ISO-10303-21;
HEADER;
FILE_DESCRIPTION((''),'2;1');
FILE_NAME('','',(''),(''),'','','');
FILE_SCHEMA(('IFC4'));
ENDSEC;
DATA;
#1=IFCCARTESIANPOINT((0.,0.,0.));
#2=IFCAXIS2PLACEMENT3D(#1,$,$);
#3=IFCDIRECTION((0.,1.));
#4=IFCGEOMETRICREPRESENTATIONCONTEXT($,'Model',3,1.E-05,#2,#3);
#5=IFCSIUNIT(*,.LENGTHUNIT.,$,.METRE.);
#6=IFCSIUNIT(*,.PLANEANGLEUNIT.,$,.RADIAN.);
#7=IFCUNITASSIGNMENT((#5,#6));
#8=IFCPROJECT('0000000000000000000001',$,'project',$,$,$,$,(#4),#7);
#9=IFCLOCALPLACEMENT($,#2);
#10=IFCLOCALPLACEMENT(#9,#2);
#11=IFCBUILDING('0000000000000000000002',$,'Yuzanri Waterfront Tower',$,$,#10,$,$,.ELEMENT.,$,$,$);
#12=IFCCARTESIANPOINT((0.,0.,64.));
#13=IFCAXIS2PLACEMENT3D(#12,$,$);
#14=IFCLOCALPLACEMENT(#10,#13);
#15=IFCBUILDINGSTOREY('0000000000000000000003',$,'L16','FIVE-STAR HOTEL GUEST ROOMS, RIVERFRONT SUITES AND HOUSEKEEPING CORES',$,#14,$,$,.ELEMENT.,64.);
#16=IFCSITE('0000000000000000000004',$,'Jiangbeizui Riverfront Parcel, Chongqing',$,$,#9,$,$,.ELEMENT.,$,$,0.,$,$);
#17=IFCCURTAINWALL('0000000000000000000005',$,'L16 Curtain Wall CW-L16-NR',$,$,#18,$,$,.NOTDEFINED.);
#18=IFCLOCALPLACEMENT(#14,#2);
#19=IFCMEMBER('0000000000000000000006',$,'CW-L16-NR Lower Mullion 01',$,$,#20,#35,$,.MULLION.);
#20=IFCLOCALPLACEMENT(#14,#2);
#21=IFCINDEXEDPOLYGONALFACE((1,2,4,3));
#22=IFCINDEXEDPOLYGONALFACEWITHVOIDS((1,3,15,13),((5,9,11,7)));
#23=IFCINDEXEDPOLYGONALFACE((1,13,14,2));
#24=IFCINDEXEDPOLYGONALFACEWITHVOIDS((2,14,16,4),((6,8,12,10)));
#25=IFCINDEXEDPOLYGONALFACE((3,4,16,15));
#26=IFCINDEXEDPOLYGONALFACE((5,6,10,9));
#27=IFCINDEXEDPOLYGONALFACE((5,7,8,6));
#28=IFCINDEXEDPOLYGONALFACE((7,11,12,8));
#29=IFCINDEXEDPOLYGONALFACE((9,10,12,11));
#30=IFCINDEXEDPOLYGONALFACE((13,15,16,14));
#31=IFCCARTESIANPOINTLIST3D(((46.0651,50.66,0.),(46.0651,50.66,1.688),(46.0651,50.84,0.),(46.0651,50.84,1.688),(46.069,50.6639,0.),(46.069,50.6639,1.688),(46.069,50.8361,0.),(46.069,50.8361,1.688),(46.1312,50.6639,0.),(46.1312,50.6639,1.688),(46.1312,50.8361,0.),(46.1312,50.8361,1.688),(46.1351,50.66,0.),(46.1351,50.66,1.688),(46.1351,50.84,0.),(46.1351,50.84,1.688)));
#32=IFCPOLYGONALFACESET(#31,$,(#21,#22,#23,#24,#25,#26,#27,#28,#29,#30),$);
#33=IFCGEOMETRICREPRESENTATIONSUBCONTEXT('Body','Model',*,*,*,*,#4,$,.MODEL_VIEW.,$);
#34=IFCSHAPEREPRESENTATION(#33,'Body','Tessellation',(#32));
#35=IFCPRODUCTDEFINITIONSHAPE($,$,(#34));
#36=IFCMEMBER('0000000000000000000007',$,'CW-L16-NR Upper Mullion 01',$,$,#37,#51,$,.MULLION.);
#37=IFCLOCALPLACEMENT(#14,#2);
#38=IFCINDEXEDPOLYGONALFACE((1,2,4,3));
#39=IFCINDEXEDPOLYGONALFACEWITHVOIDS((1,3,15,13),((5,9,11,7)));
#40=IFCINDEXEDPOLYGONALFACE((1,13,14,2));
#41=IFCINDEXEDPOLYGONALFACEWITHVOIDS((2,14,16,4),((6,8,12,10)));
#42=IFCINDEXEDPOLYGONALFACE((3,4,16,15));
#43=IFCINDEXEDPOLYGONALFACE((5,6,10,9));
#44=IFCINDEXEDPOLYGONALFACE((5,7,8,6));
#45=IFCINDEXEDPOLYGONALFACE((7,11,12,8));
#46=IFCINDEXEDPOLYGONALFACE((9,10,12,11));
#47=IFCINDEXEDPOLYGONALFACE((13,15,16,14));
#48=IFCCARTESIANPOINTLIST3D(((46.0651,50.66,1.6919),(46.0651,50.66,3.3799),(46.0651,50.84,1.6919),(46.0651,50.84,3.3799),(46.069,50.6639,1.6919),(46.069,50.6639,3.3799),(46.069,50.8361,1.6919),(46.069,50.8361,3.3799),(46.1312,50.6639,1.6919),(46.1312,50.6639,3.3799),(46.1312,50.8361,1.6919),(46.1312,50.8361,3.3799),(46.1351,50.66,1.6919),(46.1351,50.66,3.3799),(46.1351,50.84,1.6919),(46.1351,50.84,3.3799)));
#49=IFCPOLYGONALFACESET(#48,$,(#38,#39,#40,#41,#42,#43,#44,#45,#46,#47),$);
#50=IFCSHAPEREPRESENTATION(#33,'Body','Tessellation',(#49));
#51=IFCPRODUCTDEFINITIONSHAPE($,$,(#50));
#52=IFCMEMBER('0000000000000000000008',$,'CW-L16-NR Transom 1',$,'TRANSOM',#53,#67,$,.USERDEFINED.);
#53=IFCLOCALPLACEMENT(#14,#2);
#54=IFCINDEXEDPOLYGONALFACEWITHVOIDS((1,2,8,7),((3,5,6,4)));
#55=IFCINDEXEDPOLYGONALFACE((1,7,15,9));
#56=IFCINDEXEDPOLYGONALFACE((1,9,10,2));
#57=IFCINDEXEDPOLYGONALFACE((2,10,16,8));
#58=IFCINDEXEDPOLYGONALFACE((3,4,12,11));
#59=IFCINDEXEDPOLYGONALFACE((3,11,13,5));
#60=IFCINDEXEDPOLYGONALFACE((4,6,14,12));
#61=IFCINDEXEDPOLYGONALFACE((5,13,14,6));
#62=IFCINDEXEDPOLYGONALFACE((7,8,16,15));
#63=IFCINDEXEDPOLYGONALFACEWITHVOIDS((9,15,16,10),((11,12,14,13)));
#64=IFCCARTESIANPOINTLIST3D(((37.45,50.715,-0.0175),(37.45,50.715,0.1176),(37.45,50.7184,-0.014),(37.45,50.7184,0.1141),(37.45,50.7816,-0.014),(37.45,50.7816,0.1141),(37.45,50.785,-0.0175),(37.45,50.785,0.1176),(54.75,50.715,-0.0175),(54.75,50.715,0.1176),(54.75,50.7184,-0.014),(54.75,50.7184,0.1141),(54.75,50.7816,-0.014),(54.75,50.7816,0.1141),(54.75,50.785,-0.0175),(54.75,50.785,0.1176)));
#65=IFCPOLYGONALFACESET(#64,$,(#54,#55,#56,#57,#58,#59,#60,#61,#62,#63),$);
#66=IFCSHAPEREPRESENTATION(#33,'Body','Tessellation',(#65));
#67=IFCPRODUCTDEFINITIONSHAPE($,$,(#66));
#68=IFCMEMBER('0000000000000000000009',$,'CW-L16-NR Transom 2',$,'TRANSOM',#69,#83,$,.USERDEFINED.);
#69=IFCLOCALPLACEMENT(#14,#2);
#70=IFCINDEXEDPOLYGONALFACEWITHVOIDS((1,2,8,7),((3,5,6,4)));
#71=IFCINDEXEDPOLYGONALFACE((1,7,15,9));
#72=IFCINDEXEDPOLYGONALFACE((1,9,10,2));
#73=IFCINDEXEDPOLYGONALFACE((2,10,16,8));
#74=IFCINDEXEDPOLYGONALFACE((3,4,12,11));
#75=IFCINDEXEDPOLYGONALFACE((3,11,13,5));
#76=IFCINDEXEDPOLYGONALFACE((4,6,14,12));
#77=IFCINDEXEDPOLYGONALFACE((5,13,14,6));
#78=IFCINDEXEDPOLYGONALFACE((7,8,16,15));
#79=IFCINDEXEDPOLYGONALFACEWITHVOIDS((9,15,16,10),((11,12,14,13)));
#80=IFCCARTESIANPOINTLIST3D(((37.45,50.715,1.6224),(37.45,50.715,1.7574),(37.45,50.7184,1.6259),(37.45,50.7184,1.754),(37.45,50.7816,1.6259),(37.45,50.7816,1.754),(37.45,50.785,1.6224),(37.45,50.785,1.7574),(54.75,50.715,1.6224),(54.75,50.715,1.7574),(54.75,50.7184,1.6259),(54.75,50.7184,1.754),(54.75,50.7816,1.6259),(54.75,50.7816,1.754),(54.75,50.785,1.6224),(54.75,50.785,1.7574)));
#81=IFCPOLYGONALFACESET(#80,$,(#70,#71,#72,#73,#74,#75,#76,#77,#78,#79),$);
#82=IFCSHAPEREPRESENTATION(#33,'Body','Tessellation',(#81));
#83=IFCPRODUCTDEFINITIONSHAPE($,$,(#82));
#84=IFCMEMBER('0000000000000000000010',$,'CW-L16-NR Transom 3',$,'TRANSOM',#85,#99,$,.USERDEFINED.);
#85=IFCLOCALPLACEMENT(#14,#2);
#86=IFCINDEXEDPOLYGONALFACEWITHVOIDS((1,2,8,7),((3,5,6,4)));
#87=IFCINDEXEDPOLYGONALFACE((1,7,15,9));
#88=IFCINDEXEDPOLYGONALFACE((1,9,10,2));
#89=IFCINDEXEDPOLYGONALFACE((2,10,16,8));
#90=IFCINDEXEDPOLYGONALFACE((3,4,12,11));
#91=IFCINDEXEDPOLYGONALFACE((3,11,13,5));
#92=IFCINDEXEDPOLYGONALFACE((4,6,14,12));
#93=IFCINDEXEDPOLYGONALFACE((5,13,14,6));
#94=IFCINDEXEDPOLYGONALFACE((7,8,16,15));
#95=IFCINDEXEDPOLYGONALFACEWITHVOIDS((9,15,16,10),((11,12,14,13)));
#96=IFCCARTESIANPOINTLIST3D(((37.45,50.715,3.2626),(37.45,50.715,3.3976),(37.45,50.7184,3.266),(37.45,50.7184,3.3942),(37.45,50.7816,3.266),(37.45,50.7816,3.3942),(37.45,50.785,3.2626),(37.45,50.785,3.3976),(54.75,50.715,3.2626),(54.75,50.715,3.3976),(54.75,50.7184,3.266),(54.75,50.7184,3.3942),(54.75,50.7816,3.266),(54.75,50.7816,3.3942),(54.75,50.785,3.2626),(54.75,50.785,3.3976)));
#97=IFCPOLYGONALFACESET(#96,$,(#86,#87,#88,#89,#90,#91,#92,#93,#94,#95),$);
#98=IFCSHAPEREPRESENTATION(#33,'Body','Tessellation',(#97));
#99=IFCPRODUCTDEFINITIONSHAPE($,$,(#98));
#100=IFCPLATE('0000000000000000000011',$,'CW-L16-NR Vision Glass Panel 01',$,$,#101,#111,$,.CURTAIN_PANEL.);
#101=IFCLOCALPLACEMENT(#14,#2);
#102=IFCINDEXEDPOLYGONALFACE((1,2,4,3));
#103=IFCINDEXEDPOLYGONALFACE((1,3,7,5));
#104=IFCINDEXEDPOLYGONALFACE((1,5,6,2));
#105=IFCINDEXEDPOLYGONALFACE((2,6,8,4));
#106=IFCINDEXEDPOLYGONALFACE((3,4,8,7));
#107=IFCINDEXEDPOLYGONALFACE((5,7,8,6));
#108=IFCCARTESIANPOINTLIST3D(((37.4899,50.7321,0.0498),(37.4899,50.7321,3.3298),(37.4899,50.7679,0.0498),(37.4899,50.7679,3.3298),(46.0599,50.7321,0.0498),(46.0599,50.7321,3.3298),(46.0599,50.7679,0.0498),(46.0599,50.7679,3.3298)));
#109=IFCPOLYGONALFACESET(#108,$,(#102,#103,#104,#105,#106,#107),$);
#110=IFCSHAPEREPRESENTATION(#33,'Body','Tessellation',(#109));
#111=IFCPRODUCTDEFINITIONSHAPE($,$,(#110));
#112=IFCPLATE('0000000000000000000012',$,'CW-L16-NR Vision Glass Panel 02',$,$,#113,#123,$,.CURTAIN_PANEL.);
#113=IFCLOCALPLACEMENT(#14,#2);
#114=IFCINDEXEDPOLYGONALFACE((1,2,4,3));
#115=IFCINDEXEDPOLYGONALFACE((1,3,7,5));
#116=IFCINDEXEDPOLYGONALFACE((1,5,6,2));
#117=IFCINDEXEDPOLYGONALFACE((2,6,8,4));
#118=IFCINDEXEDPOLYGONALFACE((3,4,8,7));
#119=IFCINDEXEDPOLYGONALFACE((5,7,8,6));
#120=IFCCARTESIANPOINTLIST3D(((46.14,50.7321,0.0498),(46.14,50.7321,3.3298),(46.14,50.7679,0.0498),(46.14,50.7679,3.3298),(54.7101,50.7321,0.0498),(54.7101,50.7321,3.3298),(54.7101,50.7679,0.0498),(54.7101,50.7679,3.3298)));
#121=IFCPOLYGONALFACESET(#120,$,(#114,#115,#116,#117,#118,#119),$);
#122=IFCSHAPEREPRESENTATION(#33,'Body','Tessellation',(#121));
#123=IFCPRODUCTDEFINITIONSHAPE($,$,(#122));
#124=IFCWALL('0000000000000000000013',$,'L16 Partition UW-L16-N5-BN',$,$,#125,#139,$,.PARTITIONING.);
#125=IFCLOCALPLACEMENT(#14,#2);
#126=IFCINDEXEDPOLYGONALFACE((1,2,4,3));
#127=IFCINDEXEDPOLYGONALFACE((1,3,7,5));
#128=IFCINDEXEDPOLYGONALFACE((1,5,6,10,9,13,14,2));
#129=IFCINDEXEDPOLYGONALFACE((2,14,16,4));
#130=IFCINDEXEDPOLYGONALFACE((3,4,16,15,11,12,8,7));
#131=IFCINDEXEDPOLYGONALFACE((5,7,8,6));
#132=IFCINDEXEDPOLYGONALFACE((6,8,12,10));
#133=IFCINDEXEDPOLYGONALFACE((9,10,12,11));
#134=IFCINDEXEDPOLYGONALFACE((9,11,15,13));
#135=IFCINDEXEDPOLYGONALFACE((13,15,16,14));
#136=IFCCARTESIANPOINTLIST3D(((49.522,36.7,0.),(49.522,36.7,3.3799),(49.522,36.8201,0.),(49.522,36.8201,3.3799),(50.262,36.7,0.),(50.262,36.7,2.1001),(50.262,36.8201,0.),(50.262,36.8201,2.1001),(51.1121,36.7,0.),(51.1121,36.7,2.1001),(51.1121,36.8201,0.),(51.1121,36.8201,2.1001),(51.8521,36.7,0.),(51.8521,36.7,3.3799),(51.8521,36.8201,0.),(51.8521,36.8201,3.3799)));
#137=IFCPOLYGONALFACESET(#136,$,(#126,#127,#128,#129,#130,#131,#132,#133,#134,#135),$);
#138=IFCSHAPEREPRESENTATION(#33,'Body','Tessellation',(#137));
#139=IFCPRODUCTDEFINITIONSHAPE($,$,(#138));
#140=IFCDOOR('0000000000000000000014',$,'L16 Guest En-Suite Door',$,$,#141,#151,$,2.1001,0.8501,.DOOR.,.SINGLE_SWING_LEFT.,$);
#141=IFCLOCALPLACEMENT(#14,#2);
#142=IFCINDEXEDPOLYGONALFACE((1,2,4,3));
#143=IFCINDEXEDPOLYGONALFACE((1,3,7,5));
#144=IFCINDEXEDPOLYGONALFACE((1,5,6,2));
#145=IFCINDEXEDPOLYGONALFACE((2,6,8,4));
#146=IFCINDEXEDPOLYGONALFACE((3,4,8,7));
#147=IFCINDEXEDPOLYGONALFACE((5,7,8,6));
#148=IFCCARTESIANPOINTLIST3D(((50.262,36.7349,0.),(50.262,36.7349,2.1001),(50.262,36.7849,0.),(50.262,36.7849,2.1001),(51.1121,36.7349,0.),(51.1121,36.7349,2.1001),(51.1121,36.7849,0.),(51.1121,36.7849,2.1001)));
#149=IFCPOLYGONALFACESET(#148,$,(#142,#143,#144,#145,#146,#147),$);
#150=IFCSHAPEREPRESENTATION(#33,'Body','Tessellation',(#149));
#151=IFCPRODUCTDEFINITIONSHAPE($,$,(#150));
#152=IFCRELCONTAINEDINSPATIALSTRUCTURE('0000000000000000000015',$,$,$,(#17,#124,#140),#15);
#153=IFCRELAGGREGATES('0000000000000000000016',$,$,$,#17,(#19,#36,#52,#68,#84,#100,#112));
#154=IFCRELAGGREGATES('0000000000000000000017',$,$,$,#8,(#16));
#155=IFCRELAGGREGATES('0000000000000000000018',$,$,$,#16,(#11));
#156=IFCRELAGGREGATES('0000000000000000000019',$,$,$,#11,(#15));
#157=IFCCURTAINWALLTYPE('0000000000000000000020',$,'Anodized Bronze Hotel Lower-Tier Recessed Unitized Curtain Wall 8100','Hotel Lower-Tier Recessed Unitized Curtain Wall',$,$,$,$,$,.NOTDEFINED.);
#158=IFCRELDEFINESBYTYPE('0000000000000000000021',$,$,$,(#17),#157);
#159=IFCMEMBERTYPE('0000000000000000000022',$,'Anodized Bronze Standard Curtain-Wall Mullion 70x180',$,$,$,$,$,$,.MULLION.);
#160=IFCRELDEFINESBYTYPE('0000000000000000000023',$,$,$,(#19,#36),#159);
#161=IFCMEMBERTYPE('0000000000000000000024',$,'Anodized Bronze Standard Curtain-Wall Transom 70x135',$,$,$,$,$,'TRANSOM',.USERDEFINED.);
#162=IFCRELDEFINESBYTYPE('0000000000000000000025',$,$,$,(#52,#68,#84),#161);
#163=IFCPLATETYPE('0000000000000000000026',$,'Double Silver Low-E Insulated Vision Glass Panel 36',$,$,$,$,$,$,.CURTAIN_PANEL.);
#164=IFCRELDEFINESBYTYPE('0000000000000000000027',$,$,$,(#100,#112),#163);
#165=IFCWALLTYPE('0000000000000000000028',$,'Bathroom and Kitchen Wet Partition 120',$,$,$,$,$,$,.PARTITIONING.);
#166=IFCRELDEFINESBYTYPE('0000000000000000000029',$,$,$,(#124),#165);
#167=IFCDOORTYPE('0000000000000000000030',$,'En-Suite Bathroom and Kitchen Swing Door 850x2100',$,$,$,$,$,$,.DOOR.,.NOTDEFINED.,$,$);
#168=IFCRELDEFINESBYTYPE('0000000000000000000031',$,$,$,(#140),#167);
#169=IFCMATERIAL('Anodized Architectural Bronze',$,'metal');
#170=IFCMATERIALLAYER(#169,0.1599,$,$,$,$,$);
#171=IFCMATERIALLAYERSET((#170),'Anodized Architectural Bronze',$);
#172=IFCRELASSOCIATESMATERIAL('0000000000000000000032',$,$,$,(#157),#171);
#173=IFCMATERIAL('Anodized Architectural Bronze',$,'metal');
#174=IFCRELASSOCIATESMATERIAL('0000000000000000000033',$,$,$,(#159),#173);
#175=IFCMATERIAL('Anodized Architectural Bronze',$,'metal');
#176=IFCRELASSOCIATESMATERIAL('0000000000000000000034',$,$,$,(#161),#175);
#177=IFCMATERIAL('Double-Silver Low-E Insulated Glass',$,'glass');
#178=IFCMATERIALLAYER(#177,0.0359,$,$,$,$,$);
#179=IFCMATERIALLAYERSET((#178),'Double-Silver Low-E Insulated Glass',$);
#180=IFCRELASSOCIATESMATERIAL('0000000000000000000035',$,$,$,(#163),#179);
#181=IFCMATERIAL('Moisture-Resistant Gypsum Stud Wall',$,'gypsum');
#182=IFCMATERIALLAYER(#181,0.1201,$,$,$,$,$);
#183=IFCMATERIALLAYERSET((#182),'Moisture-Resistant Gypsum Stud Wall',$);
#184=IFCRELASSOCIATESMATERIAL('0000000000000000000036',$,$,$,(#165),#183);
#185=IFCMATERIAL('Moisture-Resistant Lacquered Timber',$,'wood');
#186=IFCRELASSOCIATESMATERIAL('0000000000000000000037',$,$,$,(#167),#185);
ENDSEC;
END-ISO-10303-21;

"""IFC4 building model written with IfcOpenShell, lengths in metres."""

from ifc_helpers import new_model, si_unit, direction, frame, frame_2d, origin, origin_2d, place, context, subcontext, project, spatial, rectangle, hollow_rectangle, extrude, source, transform, mapped, material, layer, layer_set, material_profile, profile_set, type_object, element, fill, aggregate, save


model = new_model("IFC4")

# Units and contexts
model_context = context("Model", 3, precision=1e-05, world=origin(), true_north=direction((0.0, 1.0)))
body_context = subcontext(model_context, "Body", "Model", "MODEL_VIEW")
ifc_project = project(units=[si_unit("LENGTHUNIT", "METRE"), si_unit("PLANEANGLEUNIT", "RADIAN")], contexts=[model_context])

# Site, building, storey
site_placement = place(None, origin())
site = spatial("IfcSite", under=ifc_project, at=site_placement, Name="Jiangbeizui Riverfront Parcel, Chongqing", CompositionType="ELEMENT", RefElevation=0.0)
building_placement = place(site_placement, origin())
building = spatial("IfcBuilding", under=site, at=building_placement, Name="Yuzanri Waterfront Tower", CompositionType="ELEMENT")
storey_placement = place(building_placement, frame((0.0, 0.0, 64.0)))
storey = spatial("IfcBuildingStorey", under=building, at=storey_placement, Name="L16", Description="FIVE-STAR HOTEL GUEST ROOMS, RIVERFRONT SUITES AND HOUSEKEEPING CORES", CompositionType="ELEMENT", Elevation=64.0)

# Curtain wall, members, plates
ifc_material_1 = material(Name="Anodized Architectural Bronze", Category="metal")
ifc_layer_1 = layer(ifc_material_1, 0.1599)
ifc_layer_set_1 = layer_set([ifc_layer_1], Name="Anodized Architectural Bronze")
curtain_wall_type = type_object("IfcCurtainWallType", Name="Anodized Bronze Hotel Lower-Tier Recessed Unitized Curtain Wall 8100", Description="Hotel Lower-Tier Recessed Unitized Curtain Wall", PredefinedType="NOTDEFINED", material=ifc_layer_set_1)
curtain_wall_placement = place(storey_placement, origin())
curtain_wall = element("IfcCurtainWall", 1, at=curtain_wall_placement, inside=storey, type_object=curtain_wall_type, Name="L16 Curtain Wall CW-L16-NR", PredefinedType="NOTDEFINED")
ifc_material_2 = material(Name="Anodized Architectural Bronze", Category="metal")
ifc_material_profile_1 = material_profile(ifc_material_2, hollow_rectangle(XDim=0.0701, YDim=0.1799, WallThickness=0.0039, at=origin_2d()), Name="CWM 70x180")
ifc_profile_set_1 = profile_set([ifc_material_profile_1], Name="Anodized Architectural Bronze")
member_type_1 = type_object("IfcMemberType", Name="Anodized Bronze Standard Curtain-Wall Mullion 70x180", PredefinedType="MULLION", material=ifc_profile_set_1)
shared_shape_1 = source(origin(), body_context, "Body", "SweptSolid", [
    extrude(hollow_rectangle(XDim=0.0701, YDim=0.1799, WallThickness=0.0039, at=origin_2d()), origin(), (0.0, 0.0, 1.0), 1.688),
])
member_1_placement = place(storey_placement, frame((46.1001, 50.75, 0.0), z_axis=(0.0, 0.0, 1.0), x_axis=(1.0, 0.0, 0.0)))
member_1 = element("IfcMember", 2, at=member_1_placement, type_object=member_type_1, Name="CW-L16-NR Lower Mullion 01", PredefinedType="MULLION", context=body_context, shape_type="MappedRepresentation", body=[
    mapped(shared_shape_1, transform((0.0, 0.0, 0.0), scale=1.0)),
])
member_2_placement = place(storey_placement, frame((46.1001, 50.75, 1.6919), z_axis=(0.0, 0.0, 1.0), x_axis=(1.0, 0.0, 0.0)))
member_2 = element("IfcMember", 3, at=member_2_placement, type_object=member_type_1, Name="CW-L16-NR Upper Mullion 01", PredefinedType="MULLION", context=body_context, shape_type="MappedRepresentation", body=[
    mapped(shared_shape_1, transform((0.0, 0.0, 0.0), scale=1.0)),
])
ifc_material_3 = material(Name="Anodized Architectural Bronze", Category="metal")
ifc_material_profile_2 = material_profile(ifc_material_3, hollow_rectangle(XDim=0.0701, YDim=0.135, WallThickness=0.0034, at=origin_2d()), Name="CWT 70x135")
ifc_profile_set_2 = profile_set([ifc_material_profile_2], Name="Anodized Architectural Bronze")
member_type_2 = type_object("IfcMemberType", Name="Anodized Bronze Standard Curtain-Wall Transom 70x135", ElementType="TRANSOM", PredefinedType="USERDEFINED", material=ifc_profile_set_2)
shared_shape_2 = source(origin(), body_context, "Body", "SweptSolid", [
    extrude(hollow_rectangle(XDim=0.0701, YDim=0.135, WallThickness=0.0034, at=origin_2d()), origin(), (0.0, 0.0, 1.0), 17.3),
])
member_3_placement = place(storey_placement, frame((37.45, 50.75, 0.05), z_axis=(1.0, 0.0, 0.0), x_axis=(0.0, 1.0, 0.0)))
member_3 = element("IfcMember", 4, at=member_3_placement, type_object=member_type_2, Name="CW-L16-NR Transom 1", ObjectType="TRANSOM", PredefinedType="USERDEFINED", context=body_context, shape_type="MappedRepresentation", body=[
    mapped(shared_shape_2, transform((0.0, 0.0, 0.0), scale=1.0)),
])
member_4_placement = place(storey_placement, frame((37.45, 50.75, 1.6899), z_axis=(1.0, 0.0, 0.0), x_axis=(0.0, 1.0, 0.0)))
member_4 = element("IfcMember", 5, at=member_4_placement, type_object=member_type_2, Name="CW-L16-NR Transom 2", ObjectType="TRANSOM", PredefinedType="USERDEFINED", context=body_context, shape_type="MappedRepresentation", body=[
    mapped(shared_shape_2, transform((0.0, 0.0, 0.0), scale=1.0)),
])
member_5_placement = place(storey_placement, frame((37.45, 50.75, 3.3301), z_axis=(1.0, 0.0, 0.0), x_axis=(0.0, 1.0, 0.0)))
member_5 = element("IfcMember", 6, at=member_5_placement, type_object=member_type_2, Name="CW-L16-NR Transom 3", ObjectType="TRANSOM", PredefinedType="USERDEFINED", context=body_context, shape_type="MappedRepresentation", body=[
    mapped(shared_shape_2, transform((0.0, 0.0, 0.0), scale=1.0)),
])
ifc_material_4 = material(Name="Double-Silver Low-E Insulated Glass", Category="glass")
ifc_layer_2 = layer(ifc_material_4, 0.0359)
ifc_layer_set_2 = layer_set([ifc_layer_2], Name="Double-Silver Low-E Insulated Glass")
plate_type = type_object("IfcPlateType", Name="Double Silver Low-E Insulated Vision Glass Panel 36", PredefinedType="CURTAIN_PANEL", material=ifc_layer_set_2)
shared_shape_3 = source(origin(), body_context, "Body", "SweptSolid", [
    extrude(rectangle(XDim=8.5701, YDim=0.0359, at=origin_2d()), origin(), (0.0, 0.0, 1.0), 3.28),
])
plate_1_placement = place(storey_placement, frame((41.7749, 50.75, 0.0498), z_axis=(0.0, 0.0, 1.0), x_axis=(1.0, 0.0, 0.0)))
plate_1 = element("IfcPlate", 7, at=plate_1_placement, type_object=plate_type, Name="CW-L16-NR Vision Glass Panel 01", PredefinedType="CURTAIN_PANEL", context=body_context, shape_type="MappedRepresentation", body=[
    mapped(shared_shape_3, transform((0.0, 0.0, 0.0), scale=1.0)),
])
plate_2_placement = place(storey_placement, frame((50.425, 50.75, 0.0498), z_axis=(0.0, 0.0, 1.0), x_axis=(1.0, 0.0, 0.0)))
plate_2 = element("IfcPlate", 8, at=plate_2_placement, type_object=plate_type, Name="CW-L16-NR Vision Glass Panel 02", PredefinedType="CURTAIN_PANEL", context=body_context, shape_type="MappedRepresentation", body=[
    mapped(shared_shape_3, transform((0.0, 0.0, 0.0), scale=1.0)),
])
aggregate(curtain_wall, [member_1, member_2, member_3, member_4, member_5, plate_1, plate_2])

# Wall, opening, door
ifc_material_5 = material(Name="Moisture-Resistant Gypsum Stud Wall", Category="gypsum")
ifc_layer_3 = layer(ifc_material_5, 0.1201)
ifc_layer_set_3 = layer_set([ifc_layer_3], Name="Moisture-Resistant Gypsum Stud Wall")
wall_type_1 = type_object("IfcWallType", Name="Bathroom and Kitchen Wet Partition 120", PredefinedType="PARTITIONING", material=ifc_layer_set_3)
wall_1_placement = place(storey_placement, frame((49.522, 36.76, 0.0), z_axis=(0.0, 0.0, 1.0), x_axis=(1.0, 0.0, 0.0)))
wall_1 = element("IfcWall", 9, at=wall_1_placement, inside=storey, type_object=wall_type_1, Name="L16 Partition UW-L16-N5-BN", PredefinedType="PARTITIONING", context=body_context, shape_type="SweptSolid", body=[
    extrude(rectangle(XDim=2.3301, YDim=0.1201, at=frame_2d((1.165, 0.0))), origin(), (0.0, 0.0, 1.0), 3.3799),
])
opening_1_placement = place(wall_1_placement, frame((0.74, 0.0, 0.0)))
opening_1 = element("IfcOpeningElement", 10, at=opening_1_placement, cuts=wall_1, PredefinedType="OPENING", context=body_context, shape_type="SweptSolid", body=[
    extrude(rectangle(XDim=0.8501, YDim=2.1001, at=frame_2d((0.425, 1.05))), frame((0.0, 0.075, 0.0), z_axis=(0.0, -1.0, 0.0), x_axis=(1.0, 0.0, 0.0)), (0.0, 0.0, 1.0), 0.1499),
])
ifc_material_6 = material(Name="Moisture-Resistant Lacquered Timber", Category="wood")
door_type_1 = type_object("IfcDoorType", Name="En-Suite Bathroom and Kitchen Swing Door 850x2100", OperationType="NOTDEFINED", PredefinedType="DOOR", material=ifc_material_6)
shared_shape_4 = source(origin(), body_context, "Body", "SweptSolid", [
    extrude(rectangle(XDim=0.8501, YDim=2.1001, at=frame_2d((0.425, 1.05))), frame((0.0, 0.0249, 0.0), z_axis=(0.0, -1.0, 0.0), x_axis=(1.0, 0.0, 0.0)), (0.0, 0.0, 1.0), 0.05),
])
door_1_placement = place(opening_1_placement, origin())
door_1 = element("IfcDoor", 11, at=door_1_placement, inside=storey, type_object=door_type_1, Name="L16 Guest En-Suite Door", OperationType="SINGLE_SWING_LEFT", OverallHeight=2.1001, OverallWidth=0.8501, PredefinedType="DOOR", context=body_context, shape_type="MappedRepresentation", body=[
    mapped(shared_shape_4, transform((0.0, 0.0, 0.0), scale=1.0)),
])
fill(opening_1, door_1)

save(model, "model.ifc")
